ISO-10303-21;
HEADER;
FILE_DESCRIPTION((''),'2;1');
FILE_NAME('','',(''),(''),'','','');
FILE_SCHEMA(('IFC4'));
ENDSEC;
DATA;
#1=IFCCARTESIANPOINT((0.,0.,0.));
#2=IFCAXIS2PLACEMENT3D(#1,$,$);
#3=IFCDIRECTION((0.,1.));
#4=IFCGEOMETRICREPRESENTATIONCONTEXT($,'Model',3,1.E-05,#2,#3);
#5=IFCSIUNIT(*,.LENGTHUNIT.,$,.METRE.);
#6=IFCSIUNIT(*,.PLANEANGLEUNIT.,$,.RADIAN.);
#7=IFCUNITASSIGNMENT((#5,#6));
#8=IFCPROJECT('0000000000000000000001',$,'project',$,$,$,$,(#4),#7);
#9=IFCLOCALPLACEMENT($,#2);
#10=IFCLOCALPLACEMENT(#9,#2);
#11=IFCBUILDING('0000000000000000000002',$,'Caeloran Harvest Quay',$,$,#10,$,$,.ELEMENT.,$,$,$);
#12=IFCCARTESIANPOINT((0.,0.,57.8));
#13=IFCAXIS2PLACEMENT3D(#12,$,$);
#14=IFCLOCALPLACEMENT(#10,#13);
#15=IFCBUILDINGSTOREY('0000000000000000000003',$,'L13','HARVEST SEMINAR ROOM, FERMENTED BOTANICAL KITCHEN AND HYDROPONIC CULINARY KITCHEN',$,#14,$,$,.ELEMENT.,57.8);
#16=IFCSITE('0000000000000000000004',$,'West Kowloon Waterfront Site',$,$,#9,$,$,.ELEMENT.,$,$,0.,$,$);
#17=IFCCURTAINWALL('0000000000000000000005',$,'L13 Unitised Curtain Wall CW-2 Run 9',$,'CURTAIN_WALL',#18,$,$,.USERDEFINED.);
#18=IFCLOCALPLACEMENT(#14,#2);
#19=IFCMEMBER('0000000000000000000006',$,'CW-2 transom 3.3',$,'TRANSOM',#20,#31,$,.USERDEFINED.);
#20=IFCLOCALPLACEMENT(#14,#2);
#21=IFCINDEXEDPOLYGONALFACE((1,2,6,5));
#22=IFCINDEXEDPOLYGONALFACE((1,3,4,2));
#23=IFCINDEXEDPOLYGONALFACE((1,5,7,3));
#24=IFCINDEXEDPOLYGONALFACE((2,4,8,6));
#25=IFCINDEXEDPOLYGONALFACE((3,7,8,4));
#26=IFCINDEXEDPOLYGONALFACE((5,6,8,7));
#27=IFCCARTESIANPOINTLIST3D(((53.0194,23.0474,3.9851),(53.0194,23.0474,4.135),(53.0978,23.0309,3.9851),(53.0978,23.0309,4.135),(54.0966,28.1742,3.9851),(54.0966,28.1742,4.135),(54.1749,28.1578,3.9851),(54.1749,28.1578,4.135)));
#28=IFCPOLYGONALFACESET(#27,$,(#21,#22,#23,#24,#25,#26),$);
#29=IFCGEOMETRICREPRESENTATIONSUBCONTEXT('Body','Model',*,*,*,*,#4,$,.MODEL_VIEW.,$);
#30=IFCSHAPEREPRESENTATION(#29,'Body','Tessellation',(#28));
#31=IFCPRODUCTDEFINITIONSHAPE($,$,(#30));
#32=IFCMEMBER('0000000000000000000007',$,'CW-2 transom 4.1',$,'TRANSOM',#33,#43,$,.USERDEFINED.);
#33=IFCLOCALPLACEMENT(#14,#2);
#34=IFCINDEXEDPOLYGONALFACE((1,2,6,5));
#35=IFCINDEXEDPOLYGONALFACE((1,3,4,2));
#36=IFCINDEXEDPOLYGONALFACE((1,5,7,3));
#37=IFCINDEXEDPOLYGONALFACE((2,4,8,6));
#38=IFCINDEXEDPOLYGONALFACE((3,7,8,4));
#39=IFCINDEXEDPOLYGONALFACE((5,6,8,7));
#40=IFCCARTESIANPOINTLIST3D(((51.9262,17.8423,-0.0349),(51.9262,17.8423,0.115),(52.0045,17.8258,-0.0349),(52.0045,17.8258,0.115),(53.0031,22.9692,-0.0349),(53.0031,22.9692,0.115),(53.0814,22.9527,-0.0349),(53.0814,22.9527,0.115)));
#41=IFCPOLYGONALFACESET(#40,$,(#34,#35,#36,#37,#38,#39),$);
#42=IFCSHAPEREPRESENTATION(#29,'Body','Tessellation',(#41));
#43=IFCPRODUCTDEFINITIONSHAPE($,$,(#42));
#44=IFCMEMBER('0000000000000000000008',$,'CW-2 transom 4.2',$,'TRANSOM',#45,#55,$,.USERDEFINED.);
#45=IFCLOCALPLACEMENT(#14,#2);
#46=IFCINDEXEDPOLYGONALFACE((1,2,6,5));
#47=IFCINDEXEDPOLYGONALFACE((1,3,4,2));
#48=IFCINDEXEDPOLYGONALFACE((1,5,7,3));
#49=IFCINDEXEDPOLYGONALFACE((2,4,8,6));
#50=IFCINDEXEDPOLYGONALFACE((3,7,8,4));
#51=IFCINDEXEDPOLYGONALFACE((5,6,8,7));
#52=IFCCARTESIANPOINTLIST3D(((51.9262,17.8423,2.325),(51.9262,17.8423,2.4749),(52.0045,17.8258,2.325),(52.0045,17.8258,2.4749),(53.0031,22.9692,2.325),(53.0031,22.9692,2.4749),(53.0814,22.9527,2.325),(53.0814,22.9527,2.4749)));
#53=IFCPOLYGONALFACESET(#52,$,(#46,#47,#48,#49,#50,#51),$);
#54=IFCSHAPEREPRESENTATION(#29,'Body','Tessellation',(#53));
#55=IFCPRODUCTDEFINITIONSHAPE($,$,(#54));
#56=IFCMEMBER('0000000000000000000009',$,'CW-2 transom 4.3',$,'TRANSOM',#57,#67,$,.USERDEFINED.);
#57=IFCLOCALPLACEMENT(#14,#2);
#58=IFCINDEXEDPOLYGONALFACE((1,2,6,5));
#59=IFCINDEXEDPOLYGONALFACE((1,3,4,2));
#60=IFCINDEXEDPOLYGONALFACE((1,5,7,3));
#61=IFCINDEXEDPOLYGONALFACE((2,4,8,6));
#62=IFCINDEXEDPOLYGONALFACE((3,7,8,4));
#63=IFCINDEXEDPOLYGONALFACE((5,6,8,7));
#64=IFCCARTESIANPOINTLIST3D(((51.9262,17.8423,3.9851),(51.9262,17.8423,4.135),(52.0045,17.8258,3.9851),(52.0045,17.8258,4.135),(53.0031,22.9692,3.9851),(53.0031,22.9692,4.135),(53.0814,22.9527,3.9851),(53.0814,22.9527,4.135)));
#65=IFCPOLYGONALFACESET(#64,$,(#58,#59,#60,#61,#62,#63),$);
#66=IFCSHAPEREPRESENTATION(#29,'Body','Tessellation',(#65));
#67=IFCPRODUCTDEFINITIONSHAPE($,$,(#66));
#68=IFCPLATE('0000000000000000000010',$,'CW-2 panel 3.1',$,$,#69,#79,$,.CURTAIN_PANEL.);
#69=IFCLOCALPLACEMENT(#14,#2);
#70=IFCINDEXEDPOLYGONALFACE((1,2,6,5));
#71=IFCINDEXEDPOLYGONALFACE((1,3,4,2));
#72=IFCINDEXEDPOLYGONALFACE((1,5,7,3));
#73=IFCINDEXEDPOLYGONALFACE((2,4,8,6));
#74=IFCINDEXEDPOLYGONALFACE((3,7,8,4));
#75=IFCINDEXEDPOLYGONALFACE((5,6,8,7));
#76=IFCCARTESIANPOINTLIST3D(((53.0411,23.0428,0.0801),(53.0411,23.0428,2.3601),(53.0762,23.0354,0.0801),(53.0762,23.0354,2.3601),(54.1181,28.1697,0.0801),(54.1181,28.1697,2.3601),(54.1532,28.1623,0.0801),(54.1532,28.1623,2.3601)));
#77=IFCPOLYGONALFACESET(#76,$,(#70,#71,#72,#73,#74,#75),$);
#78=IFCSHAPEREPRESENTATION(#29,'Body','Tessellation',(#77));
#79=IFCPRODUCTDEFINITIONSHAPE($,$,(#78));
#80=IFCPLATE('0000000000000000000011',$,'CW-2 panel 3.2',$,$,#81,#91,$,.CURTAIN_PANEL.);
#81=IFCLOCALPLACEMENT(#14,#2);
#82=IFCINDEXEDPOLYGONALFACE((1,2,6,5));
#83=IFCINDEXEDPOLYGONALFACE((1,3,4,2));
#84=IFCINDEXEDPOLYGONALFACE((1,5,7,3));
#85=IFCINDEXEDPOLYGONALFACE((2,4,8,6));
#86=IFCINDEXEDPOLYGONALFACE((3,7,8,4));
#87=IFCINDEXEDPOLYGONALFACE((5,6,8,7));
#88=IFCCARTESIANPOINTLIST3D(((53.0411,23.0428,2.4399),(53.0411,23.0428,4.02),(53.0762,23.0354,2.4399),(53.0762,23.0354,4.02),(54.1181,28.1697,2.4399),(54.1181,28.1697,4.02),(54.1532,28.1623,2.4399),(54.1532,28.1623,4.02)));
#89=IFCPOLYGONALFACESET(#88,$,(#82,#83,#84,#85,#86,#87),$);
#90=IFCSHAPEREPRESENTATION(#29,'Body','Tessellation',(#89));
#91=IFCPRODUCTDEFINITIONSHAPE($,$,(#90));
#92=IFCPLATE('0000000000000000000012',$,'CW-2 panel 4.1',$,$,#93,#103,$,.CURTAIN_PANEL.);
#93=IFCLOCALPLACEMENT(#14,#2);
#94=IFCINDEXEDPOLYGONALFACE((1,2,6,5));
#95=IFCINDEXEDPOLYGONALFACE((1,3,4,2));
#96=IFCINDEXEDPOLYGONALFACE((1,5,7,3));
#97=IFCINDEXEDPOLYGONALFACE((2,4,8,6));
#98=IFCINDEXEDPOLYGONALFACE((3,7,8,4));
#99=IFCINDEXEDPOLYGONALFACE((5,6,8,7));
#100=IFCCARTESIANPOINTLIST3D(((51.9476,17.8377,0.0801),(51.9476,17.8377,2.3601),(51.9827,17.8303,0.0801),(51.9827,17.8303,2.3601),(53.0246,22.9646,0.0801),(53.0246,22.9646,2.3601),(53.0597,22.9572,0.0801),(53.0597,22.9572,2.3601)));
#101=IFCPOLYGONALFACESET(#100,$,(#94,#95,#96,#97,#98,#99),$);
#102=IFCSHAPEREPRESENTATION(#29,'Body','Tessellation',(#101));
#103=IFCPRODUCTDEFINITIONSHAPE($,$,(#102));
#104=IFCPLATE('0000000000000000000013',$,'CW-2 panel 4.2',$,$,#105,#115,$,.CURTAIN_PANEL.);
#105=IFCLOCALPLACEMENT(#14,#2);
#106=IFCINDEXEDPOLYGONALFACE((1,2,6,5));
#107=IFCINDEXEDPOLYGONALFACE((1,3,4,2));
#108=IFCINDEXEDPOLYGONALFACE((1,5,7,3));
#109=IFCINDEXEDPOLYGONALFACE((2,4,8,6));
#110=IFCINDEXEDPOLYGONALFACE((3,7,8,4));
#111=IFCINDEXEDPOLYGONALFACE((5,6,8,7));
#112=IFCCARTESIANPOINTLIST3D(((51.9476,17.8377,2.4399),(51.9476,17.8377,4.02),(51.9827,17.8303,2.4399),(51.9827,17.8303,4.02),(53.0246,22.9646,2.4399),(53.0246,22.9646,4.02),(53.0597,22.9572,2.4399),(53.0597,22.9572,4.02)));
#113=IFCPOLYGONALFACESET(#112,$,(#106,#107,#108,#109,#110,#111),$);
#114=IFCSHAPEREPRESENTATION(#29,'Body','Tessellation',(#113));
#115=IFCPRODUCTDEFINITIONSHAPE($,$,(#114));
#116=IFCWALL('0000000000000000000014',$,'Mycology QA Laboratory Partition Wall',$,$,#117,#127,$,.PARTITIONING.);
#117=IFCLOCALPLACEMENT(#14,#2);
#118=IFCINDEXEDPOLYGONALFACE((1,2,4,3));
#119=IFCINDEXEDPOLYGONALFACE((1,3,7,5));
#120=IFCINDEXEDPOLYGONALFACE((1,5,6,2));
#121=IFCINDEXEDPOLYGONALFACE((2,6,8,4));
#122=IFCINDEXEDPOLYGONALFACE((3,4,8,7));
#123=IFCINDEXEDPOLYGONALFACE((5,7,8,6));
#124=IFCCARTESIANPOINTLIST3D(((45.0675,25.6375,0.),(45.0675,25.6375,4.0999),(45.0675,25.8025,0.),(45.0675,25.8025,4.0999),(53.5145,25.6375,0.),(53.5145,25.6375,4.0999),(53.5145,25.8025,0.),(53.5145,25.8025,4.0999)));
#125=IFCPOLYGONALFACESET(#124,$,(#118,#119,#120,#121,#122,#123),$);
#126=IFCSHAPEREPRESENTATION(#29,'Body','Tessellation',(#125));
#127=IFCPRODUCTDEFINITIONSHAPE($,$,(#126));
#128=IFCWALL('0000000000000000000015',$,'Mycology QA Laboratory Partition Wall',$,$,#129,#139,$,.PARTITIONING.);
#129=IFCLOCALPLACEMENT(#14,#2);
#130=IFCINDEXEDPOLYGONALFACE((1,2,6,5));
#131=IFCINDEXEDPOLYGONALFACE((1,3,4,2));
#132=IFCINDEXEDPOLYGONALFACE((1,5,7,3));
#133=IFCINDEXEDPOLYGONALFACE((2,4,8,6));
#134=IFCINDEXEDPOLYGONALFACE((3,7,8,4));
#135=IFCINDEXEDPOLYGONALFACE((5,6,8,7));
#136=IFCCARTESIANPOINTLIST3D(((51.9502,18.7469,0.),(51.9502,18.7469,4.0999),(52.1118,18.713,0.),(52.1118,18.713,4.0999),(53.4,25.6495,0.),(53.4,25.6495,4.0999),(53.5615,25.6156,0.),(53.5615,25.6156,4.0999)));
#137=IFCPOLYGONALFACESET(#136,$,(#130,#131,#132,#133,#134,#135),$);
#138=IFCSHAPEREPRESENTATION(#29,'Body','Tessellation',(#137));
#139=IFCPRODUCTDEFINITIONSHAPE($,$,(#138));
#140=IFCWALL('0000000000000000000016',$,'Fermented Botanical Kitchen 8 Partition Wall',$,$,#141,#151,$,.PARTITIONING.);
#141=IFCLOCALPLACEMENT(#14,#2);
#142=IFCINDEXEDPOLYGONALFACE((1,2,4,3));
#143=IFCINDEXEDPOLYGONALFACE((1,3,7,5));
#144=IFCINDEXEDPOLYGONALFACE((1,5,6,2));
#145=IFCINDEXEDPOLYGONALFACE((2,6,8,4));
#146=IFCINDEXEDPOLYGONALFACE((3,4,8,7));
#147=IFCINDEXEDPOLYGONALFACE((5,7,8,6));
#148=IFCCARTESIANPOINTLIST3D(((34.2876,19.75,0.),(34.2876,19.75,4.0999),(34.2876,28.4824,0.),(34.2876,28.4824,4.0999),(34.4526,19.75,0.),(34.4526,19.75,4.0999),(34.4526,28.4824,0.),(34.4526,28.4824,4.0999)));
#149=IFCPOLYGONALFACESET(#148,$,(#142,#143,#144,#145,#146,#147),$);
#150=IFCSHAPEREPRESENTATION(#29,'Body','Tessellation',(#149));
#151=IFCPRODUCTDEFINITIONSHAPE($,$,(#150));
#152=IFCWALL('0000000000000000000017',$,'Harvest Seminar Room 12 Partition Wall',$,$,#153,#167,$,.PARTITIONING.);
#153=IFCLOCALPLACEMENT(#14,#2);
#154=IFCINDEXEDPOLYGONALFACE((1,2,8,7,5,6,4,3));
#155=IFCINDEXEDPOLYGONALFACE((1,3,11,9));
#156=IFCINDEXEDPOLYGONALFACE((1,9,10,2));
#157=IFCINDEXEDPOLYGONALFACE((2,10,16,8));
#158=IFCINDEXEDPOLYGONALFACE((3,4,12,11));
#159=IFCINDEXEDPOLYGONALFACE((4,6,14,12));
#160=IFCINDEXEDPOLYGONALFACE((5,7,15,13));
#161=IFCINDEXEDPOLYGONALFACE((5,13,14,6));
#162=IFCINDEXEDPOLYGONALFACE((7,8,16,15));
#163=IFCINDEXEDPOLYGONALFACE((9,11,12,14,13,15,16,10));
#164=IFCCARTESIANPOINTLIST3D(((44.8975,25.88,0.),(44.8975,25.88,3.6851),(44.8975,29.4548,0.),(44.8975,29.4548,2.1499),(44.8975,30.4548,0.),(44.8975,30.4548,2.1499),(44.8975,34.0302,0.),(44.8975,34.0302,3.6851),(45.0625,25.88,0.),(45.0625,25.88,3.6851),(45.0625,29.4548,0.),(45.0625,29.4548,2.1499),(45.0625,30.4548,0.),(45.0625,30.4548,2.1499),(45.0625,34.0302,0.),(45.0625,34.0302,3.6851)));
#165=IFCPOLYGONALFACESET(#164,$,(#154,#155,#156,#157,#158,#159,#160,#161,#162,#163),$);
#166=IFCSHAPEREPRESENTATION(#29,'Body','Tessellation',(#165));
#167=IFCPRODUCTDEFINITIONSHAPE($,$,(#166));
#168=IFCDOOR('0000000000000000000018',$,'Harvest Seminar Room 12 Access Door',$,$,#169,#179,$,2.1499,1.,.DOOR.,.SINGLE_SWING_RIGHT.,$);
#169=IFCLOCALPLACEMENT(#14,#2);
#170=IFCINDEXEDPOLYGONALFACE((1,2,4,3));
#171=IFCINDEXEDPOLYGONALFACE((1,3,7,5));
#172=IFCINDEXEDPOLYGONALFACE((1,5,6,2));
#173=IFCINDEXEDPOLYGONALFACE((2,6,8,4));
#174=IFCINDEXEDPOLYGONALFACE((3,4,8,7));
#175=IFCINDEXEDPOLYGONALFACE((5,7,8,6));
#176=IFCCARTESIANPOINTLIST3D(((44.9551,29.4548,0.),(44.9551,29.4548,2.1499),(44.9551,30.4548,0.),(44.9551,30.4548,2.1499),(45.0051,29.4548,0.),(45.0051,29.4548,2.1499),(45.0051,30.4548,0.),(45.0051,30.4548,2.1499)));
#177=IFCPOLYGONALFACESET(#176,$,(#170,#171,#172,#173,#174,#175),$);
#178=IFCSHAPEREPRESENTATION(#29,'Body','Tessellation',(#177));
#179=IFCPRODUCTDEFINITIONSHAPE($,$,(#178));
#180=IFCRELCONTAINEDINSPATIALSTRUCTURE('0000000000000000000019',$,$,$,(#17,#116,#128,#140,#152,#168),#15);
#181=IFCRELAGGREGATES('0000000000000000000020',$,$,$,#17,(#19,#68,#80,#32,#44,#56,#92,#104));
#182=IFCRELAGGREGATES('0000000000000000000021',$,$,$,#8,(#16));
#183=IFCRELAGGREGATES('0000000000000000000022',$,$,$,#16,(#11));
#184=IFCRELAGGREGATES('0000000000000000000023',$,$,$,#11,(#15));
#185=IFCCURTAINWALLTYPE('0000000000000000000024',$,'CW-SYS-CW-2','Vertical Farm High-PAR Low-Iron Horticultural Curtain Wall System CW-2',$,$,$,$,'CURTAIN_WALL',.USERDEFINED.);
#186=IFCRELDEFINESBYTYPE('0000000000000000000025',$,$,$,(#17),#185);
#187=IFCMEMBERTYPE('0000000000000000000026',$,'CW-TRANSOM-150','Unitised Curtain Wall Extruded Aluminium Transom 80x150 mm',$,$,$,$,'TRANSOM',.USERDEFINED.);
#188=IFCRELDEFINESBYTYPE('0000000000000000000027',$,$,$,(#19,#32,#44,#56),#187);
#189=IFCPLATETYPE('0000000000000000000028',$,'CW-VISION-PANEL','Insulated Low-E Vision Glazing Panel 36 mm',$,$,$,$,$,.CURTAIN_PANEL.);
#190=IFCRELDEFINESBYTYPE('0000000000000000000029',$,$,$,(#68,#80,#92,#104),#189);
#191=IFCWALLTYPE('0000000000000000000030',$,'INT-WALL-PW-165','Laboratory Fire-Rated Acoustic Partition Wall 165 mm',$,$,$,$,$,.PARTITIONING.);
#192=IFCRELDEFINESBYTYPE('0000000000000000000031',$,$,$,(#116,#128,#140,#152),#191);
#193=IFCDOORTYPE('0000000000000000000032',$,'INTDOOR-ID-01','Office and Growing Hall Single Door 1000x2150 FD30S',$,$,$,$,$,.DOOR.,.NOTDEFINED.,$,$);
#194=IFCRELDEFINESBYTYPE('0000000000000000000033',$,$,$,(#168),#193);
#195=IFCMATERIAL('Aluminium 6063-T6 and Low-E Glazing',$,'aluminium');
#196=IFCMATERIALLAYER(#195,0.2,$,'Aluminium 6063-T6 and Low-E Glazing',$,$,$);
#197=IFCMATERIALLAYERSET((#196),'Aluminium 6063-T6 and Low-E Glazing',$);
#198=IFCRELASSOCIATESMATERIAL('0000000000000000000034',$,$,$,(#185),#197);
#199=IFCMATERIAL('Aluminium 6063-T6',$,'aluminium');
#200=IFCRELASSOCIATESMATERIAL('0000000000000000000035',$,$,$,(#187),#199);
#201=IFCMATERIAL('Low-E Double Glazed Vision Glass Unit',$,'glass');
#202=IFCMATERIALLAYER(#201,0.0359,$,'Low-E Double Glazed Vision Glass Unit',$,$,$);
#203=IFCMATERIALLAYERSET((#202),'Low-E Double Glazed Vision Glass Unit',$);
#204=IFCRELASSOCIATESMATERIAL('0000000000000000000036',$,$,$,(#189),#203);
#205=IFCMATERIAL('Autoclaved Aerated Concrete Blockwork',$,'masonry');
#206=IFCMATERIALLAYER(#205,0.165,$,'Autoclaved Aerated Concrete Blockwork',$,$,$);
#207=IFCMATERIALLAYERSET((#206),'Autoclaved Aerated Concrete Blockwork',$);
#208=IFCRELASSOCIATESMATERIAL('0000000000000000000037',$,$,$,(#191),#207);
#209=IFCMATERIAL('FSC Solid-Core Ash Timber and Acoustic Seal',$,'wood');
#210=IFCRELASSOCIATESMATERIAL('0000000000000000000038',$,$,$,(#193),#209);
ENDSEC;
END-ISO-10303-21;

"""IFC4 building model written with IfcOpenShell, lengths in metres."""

from ifc_helpers import new_model, si_unit, direction, frame, frame_2d, origin, origin_2d, place, context, subcontext, project, spatial, rectangle, extrude, material, layer, layer_set, material_profile, profile_set, type_object, element, fill, aggregate, save


model = new_model("IFC4")

# Units and contexts
model_context = context("Model", 3, precision=1e-05, world=origin(), true_north=direction((0.0, 1.0)))
body_context = subcontext(model_context, "Body", "Model", "MODEL_VIEW")
ifc_project = project(units=[si_unit("LENGTHUNIT", "METRE"), si_unit("PLANEANGLEUNIT", "RADIAN")], contexts=[model_context])

# Site, building, storey
site_placement = place(None, origin())
site = spatial("IfcSite", under=ifc_project, at=site_placement, Name="West Kowloon Waterfront Site", CompositionType="ELEMENT", RefElevation=0.0)
building_placement = place(site_placement, origin())
building = spatial("IfcBuilding", under=site, at=building_placement, Name="Caeloran Harvest Quay", CompositionType="ELEMENT")
storey_placement = place(building_placement, frame((0.0, 0.0, 57.8)))
storey = spatial("IfcBuildingStorey", under=building, at=storey_placement, Name="L13", Description="HARVEST SEMINAR ROOM, FERMENTED BOTANICAL KITCHEN AND HYDROPONIC CULINARY KITCHEN", CompositionType="ELEMENT", Elevation=57.8)

# Curtain wall, members, plates
ifc_material_1 = material(Name="Aluminium 6063-T6 and Low-E Glazing", Category="aluminium")
ifc_layer_1 = layer(ifc_material_1, 0.2, Name="Aluminium 6063-T6 and Low-E Glazing")
ifc_layer_set_1 = layer_set([ifc_layer_1], Name="Aluminium 6063-T6 and Low-E Glazing")
curtain_wall_type = type_object("IfcCurtainWallType", Name="CW-SYS-CW-2", Description="Vertical Farm High-PAR Low-Iron Horticultural Curtain Wall System CW-2", ElementType="CURTAIN_WALL", PredefinedType="USERDEFINED", material=ifc_layer_set_1)
curtain_wall_placement = place(storey_placement, origin())
curtain_wall = element("IfcCurtainWall", 1, at=curtain_wall_placement, inside=storey, type_object=curtain_wall_type, Name="L13 Unitised Curtain Wall CW-2 Run 9", ObjectType="CURTAIN_WALL", PredefinedType="USERDEFINED")
ifc_material_2 = material(Name="Aluminium 6063-T6", Category="aluminium")
ifc_material_profile_1 = material_profile(ifc_material_2, rectangle(XDim=0.0801, YDim=0.1499, at=origin_2d()), Name="CW-TRANSOM-150")
ifc_profile_set_1 = profile_set([ifc_material_profile_1], Name="Aluminium 6063-T6")
member_type_1 = type_object("IfcMemberType", Name="CW-TRANSOM-150", Description="Unitised Curtain Wall Extruded Aluminium Transom 80x150 mm", ElementType="TRANSOM", PredefinedType="USERDEFINED", material=ifc_profile_set_1)
member_1_placement = place(storey_placement, frame((54.1357, 28.166, 4.0601), z_axis=(-0.205607, -0.978635, 0.0), x_axis=(0.978635, -0.205607, 0.0)))
member_1 = element("IfcMember", 2, at=member_1_placement, type_object=member_type_1, Name="CW-2 transom 3.3", ObjectType="TRANSOM", PredefinedType="USERDEFINED", context=body_context, shape_type="SweptSolid", body=[
    extrude(rectangle(XDim=0.0801, YDim=0.1499, at=origin_2d()), origin(), (0.0, 0.0, 1.0), 5.2388),
])
member_2_placement = place(storey_placement, frame((53.0422, 22.9609, 0.04), z_axis=(-0.205562, -0.978644, 0.0), x_axis=(0.978644, -0.205562, 0.0)))
member_2 = element("IfcMember", 3, at=member_2_placement, type_object=member_type_1, Name="CW-2 transom 4.1", ObjectType="TRANSOM", PredefinedType="USERDEFINED", context=body_context, shape_type="SweptSolid", body=[
    extrude(rectangle(XDim=0.0801, YDim=0.1499, at=origin_2d()), origin(), (0.0, 0.0, 1.0), 5.2388),
])
member_3_placement = place(storey_placement, frame((53.0422, 22.9609, 2.3999), z_axis=(-0.205562, -0.978644, 0.0), x_axis=(0.978644, -0.205562, 0.0)))
member_3 = element("IfcMember", 4, at=member_3_placement, type_object=member_type_1, Name="CW-2 transom 4.2", ObjectType="TRANSOM", PredefinedType="USERDEFINED", context=body_context, shape_type="SweptSolid", body=[
    extrude(rectangle(XDim=0.0801, YDim=0.1499, at=origin_2d()), origin(), (0.0, 0.0, 1.0), 5.2388),
])
member_4_placement = place(storey_placement, frame((53.0422, 22.9609, 4.0601), z_axis=(-0.205562, -0.978644, 0.0), x_axis=(0.978644, -0.205562, 0.0)))
member_4 = element("IfcMember", 5, at=member_4_placement, type_object=member_type_1, Name="CW-2 transom 4.3", ObjectType="TRANSOM", PredefinedType="USERDEFINED", context=body_context, shape_type="SweptSolid", body=[
    extrude(rectangle(XDim=0.0801, YDim=0.1499, at=origin_2d()), origin(), (0.0, 0.0, 1.0), 5.2388),
])
ifc_material_3 = material(Name="Low-E Double Glazed Vision Glass Unit", Category="glass")
ifc_layer_2 = layer(ifc_material_3, 0.0359, Name="Low-E Double Glazed Vision Glass Unit")
ifc_layer_set_2 = layer_set([ifc_layer_2], Name="Low-E Double Glazed Vision Glass Unit")
plate_type = type_object("IfcPlateType", Name="CW-VISION-PANEL", Description="Insulated Low-E Vision Glazing Panel 36 mm", PredefinedType="CURTAIN_PANEL", material=ifc_layer_set_2)
plate_1_placement = place(storey_placement, frame((53.5972, 25.6025, 0.0801), z_axis=(0.0, 0.0, 1.0), x_axis=(-0.205583, -0.97864, 0.0)))
plate_1 = element("IfcPlate", 6, at=plate_1_placement, type_object=plate_type, Name="CW-2 panel 3.1", PredefinedType="CURTAIN_PANEL", context=body_context, shape_type="SweptSolid", body=[
    extrude(rectangle(XDim=5.2388, YDim=0.0359, at=origin_2d()), origin(), (0.0, 0.0, 1.0), 2.28),
])
plate_2_placement = place(storey_placement, frame((53.5972, 25.6025, 2.4399), z_axis=(0.0, 0.0, 1.0), x_axis=(-0.205583, -0.97864, 0.0)))
plate_2 = element("IfcPlate", 7, at=plate_2_placement, type_object=plate_type, Name="CW-2 panel 3.2", PredefinedType="CURTAIN_PANEL", context=body_context, shape_type="SweptSolid", body=[
    extrude(rectangle(XDim=5.2388, YDim=0.0359, at=origin_2d()), origin(), (0.0, 0.0, 1.0), 1.5801),
])
plate_3_placement = place(storey_placement, frame((52.5037, 20.3975, 0.0801), z_axis=(0.0, 0.0, 1.0), x_axis=(-0.205583, -0.97864, 0.0)))
plate_3 = element("IfcPlate", 8, at=plate_3_placement, type_object=plate_type, Name="CW-2 panel 4.1", PredefinedType="CURTAIN_PANEL", context=body_context, shape_type="SweptSolid", body=[
    extrude(rectangle(XDim=5.2388, YDim=0.0359, at=origin_2d()), origin(), (0.0, 0.0, 1.0), 2.28),
])
plate_4_placement = place(storey_placement, frame((52.5037, 20.3975, 2.4399), z_axis=(0.0, 0.0, 1.0), x_axis=(-0.205583, -0.97864, 0.0)))
plate_4 = element("IfcPlate", 9, at=plate_4_placement, type_object=plate_type, Name="CW-2 panel 4.2", PredefinedType="CURTAIN_PANEL", context=body_context, shape_type="SweptSolid", body=[
    extrude(rectangle(XDim=5.2388, YDim=0.0359, at=origin_2d()), origin(), (0.0, 0.0, 1.0), 1.5801),
])
aggregate(curtain_wall, [member_1, plate_1, plate_2, member_2, member_3, member_4, plate_3, plate_4])

# Walls
ifc_material_4 = material(Name="Autoclaved Aerated Concrete Blockwork", Category="masonry")
ifc_layer_3 = layer(ifc_material_4, 0.165, Name="Autoclaved Aerated Concrete Blockwork")
ifc_layer_set_3 = layer_set([ifc_layer_3], Name="Autoclaved Aerated Concrete Blockwork")
wall_type = type_object("IfcWallType", Name="INT-WALL-PW-165", Description="Laboratory Fire-Rated Acoustic Partition Wall 165 mm", PredefinedType="PARTITIONING", material=ifc_layer_set_3)
wall_1_placement = place(storey_placement, frame((45.0674, 25.72, 0.0), z_axis=(0.0, 0.0, 1.0), x_axis=(1.0, 0.0, 0.0)))
element("IfcWall", 10, at=wall_1_placement, inside=storey, type_object=wall_type, Name="Mycology QA Laboratory Partition Wall", PredefinedType="PARTITIONING", context=body_context, shape_type="SweptSolid", body=[
    extrude(rectangle(XDim=8.447, YDim=0.165, at=frame_2d((4.2236, 0.0))), origin(), (0.0, 0.0, 1.0), 4.0999),
])
wall_2_placement = place(storey_placement, frame((53.4807, 25.6326, 0.0), z_axis=(0.0, 0.0, 1.0), x_axis=(-0.205539, -0.978649, 0.0)))
element("IfcWall", 11, at=wall_2_placement, inside=storey, type_object=wall_type, Name="Mycology QA Laboratory Partition Wall", PredefinedType="PARTITIONING", context=body_context, shape_type="SweptSolid", body=[
    extrude(rectangle(XDim=7.0532, YDim=0.165, at=frame_2d((3.5266, 0.0))), origin(), (0.0, 0.0, 1.0), 4.0999),
])
wall_3_placement = place(storey_placement, frame((34.3701, 28.4824, 0.0), z_axis=(0.0, 0.0, 1.0), x_axis=(0.0, -1.0, 0.0)))
element("IfcWall", 12, at=wall_3_placement, inside=storey, type_object=wall_type, Name="Fermented Botanical Kitchen 8 Partition Wall", PredefinedType="PARTITIONING", context=body_context, shape_type="SweptSolid", body=[
    extrude(rectangle(XDim=8.7324, YDim=0.165, at=frame_2d((4.3662, 0.0))), origin(), (0.0, 0.0, 1.0), 4.0999),
])

# Wall, opening, door
wall_4_placement = place(storey_placement, frame((44.98, 25.8799, 0.0), z_axis=(0.0, 0.0, 1.0), x_axis=(0.0, 1.0, 0.0)))
wall_4 = element("IfcWall", 13, at=wall_4_placement, inside=storey, type_object=wall_type, Name="Harvest Seminar Room 12 Partition Wall", PredefinedType="PARTITIONING", context=body_context, shape_type="SweptSolid", body=[
    extrude(rectangle(XDim=8.1501, YDim=0.165, at=frame_2d((4.0752, 0.0))), origin(), (0.0, 0.0, 1.0), 3.6851),
])
opening_placement = place(wall_4_placement, frame((3.575, 0.0, 0.0)))
opening = element("IfcOpeningElement", 14, at=opening_placement, cuts=wall_4, PredefinedType="OPENING", context=body_context, shape_type="SweptSolid", body=[
    extrude(rectangle(XDim=1.0, YDim=2.1499, at=frame_2d((0.5, 1.075))), frame((0.0, 0.0925, 0.0), z_axis=(0.0, -1.0, 0.0), x_axis=(1.0, 0.0, 0.0)), (0.0, 0.0, 1.0), 0.1851),
])
ifc_material_5 = material(Name="FSC Solid-Core Ash Timber and Acoustic Seal", Category="wood")
door_type = type_object("IfcDoorType", Name="INTDOOR-ID-01", Description="Office and Growing Hall Single Door 1000x2150 FD30S", OperationType="NOTDEFINED", PredefinedType="DOOR", material=ifc_material_5)
door_placement = place(opening_placement, origin())
door = element("IfcDoor", 15, at=door_placement, inside=storey, type_object=door_type, Name="Harvest Seminar Room 12 Access Door", OperationType="SINGLE_SWING_RIGHT", OverallHeight=2.1499, OverallWidth=1.0, PredefinedType="DOOR", context=body_context, shape_type="SweptSolid", body=[
    extrude(rectangle(XDim=1.0, YDim=2.1499, at=frame_2d((0.5, 1.075))), frame((0.0, 0.0249, 0.0), z_axis=(0.0, -1.0, 0.0), x_axis=(1.0, 0.0, 0.0)), (0.0, 0.0, 1.0), 0.05),
])
fill(opening, door)

save(model, "model.ifc")
